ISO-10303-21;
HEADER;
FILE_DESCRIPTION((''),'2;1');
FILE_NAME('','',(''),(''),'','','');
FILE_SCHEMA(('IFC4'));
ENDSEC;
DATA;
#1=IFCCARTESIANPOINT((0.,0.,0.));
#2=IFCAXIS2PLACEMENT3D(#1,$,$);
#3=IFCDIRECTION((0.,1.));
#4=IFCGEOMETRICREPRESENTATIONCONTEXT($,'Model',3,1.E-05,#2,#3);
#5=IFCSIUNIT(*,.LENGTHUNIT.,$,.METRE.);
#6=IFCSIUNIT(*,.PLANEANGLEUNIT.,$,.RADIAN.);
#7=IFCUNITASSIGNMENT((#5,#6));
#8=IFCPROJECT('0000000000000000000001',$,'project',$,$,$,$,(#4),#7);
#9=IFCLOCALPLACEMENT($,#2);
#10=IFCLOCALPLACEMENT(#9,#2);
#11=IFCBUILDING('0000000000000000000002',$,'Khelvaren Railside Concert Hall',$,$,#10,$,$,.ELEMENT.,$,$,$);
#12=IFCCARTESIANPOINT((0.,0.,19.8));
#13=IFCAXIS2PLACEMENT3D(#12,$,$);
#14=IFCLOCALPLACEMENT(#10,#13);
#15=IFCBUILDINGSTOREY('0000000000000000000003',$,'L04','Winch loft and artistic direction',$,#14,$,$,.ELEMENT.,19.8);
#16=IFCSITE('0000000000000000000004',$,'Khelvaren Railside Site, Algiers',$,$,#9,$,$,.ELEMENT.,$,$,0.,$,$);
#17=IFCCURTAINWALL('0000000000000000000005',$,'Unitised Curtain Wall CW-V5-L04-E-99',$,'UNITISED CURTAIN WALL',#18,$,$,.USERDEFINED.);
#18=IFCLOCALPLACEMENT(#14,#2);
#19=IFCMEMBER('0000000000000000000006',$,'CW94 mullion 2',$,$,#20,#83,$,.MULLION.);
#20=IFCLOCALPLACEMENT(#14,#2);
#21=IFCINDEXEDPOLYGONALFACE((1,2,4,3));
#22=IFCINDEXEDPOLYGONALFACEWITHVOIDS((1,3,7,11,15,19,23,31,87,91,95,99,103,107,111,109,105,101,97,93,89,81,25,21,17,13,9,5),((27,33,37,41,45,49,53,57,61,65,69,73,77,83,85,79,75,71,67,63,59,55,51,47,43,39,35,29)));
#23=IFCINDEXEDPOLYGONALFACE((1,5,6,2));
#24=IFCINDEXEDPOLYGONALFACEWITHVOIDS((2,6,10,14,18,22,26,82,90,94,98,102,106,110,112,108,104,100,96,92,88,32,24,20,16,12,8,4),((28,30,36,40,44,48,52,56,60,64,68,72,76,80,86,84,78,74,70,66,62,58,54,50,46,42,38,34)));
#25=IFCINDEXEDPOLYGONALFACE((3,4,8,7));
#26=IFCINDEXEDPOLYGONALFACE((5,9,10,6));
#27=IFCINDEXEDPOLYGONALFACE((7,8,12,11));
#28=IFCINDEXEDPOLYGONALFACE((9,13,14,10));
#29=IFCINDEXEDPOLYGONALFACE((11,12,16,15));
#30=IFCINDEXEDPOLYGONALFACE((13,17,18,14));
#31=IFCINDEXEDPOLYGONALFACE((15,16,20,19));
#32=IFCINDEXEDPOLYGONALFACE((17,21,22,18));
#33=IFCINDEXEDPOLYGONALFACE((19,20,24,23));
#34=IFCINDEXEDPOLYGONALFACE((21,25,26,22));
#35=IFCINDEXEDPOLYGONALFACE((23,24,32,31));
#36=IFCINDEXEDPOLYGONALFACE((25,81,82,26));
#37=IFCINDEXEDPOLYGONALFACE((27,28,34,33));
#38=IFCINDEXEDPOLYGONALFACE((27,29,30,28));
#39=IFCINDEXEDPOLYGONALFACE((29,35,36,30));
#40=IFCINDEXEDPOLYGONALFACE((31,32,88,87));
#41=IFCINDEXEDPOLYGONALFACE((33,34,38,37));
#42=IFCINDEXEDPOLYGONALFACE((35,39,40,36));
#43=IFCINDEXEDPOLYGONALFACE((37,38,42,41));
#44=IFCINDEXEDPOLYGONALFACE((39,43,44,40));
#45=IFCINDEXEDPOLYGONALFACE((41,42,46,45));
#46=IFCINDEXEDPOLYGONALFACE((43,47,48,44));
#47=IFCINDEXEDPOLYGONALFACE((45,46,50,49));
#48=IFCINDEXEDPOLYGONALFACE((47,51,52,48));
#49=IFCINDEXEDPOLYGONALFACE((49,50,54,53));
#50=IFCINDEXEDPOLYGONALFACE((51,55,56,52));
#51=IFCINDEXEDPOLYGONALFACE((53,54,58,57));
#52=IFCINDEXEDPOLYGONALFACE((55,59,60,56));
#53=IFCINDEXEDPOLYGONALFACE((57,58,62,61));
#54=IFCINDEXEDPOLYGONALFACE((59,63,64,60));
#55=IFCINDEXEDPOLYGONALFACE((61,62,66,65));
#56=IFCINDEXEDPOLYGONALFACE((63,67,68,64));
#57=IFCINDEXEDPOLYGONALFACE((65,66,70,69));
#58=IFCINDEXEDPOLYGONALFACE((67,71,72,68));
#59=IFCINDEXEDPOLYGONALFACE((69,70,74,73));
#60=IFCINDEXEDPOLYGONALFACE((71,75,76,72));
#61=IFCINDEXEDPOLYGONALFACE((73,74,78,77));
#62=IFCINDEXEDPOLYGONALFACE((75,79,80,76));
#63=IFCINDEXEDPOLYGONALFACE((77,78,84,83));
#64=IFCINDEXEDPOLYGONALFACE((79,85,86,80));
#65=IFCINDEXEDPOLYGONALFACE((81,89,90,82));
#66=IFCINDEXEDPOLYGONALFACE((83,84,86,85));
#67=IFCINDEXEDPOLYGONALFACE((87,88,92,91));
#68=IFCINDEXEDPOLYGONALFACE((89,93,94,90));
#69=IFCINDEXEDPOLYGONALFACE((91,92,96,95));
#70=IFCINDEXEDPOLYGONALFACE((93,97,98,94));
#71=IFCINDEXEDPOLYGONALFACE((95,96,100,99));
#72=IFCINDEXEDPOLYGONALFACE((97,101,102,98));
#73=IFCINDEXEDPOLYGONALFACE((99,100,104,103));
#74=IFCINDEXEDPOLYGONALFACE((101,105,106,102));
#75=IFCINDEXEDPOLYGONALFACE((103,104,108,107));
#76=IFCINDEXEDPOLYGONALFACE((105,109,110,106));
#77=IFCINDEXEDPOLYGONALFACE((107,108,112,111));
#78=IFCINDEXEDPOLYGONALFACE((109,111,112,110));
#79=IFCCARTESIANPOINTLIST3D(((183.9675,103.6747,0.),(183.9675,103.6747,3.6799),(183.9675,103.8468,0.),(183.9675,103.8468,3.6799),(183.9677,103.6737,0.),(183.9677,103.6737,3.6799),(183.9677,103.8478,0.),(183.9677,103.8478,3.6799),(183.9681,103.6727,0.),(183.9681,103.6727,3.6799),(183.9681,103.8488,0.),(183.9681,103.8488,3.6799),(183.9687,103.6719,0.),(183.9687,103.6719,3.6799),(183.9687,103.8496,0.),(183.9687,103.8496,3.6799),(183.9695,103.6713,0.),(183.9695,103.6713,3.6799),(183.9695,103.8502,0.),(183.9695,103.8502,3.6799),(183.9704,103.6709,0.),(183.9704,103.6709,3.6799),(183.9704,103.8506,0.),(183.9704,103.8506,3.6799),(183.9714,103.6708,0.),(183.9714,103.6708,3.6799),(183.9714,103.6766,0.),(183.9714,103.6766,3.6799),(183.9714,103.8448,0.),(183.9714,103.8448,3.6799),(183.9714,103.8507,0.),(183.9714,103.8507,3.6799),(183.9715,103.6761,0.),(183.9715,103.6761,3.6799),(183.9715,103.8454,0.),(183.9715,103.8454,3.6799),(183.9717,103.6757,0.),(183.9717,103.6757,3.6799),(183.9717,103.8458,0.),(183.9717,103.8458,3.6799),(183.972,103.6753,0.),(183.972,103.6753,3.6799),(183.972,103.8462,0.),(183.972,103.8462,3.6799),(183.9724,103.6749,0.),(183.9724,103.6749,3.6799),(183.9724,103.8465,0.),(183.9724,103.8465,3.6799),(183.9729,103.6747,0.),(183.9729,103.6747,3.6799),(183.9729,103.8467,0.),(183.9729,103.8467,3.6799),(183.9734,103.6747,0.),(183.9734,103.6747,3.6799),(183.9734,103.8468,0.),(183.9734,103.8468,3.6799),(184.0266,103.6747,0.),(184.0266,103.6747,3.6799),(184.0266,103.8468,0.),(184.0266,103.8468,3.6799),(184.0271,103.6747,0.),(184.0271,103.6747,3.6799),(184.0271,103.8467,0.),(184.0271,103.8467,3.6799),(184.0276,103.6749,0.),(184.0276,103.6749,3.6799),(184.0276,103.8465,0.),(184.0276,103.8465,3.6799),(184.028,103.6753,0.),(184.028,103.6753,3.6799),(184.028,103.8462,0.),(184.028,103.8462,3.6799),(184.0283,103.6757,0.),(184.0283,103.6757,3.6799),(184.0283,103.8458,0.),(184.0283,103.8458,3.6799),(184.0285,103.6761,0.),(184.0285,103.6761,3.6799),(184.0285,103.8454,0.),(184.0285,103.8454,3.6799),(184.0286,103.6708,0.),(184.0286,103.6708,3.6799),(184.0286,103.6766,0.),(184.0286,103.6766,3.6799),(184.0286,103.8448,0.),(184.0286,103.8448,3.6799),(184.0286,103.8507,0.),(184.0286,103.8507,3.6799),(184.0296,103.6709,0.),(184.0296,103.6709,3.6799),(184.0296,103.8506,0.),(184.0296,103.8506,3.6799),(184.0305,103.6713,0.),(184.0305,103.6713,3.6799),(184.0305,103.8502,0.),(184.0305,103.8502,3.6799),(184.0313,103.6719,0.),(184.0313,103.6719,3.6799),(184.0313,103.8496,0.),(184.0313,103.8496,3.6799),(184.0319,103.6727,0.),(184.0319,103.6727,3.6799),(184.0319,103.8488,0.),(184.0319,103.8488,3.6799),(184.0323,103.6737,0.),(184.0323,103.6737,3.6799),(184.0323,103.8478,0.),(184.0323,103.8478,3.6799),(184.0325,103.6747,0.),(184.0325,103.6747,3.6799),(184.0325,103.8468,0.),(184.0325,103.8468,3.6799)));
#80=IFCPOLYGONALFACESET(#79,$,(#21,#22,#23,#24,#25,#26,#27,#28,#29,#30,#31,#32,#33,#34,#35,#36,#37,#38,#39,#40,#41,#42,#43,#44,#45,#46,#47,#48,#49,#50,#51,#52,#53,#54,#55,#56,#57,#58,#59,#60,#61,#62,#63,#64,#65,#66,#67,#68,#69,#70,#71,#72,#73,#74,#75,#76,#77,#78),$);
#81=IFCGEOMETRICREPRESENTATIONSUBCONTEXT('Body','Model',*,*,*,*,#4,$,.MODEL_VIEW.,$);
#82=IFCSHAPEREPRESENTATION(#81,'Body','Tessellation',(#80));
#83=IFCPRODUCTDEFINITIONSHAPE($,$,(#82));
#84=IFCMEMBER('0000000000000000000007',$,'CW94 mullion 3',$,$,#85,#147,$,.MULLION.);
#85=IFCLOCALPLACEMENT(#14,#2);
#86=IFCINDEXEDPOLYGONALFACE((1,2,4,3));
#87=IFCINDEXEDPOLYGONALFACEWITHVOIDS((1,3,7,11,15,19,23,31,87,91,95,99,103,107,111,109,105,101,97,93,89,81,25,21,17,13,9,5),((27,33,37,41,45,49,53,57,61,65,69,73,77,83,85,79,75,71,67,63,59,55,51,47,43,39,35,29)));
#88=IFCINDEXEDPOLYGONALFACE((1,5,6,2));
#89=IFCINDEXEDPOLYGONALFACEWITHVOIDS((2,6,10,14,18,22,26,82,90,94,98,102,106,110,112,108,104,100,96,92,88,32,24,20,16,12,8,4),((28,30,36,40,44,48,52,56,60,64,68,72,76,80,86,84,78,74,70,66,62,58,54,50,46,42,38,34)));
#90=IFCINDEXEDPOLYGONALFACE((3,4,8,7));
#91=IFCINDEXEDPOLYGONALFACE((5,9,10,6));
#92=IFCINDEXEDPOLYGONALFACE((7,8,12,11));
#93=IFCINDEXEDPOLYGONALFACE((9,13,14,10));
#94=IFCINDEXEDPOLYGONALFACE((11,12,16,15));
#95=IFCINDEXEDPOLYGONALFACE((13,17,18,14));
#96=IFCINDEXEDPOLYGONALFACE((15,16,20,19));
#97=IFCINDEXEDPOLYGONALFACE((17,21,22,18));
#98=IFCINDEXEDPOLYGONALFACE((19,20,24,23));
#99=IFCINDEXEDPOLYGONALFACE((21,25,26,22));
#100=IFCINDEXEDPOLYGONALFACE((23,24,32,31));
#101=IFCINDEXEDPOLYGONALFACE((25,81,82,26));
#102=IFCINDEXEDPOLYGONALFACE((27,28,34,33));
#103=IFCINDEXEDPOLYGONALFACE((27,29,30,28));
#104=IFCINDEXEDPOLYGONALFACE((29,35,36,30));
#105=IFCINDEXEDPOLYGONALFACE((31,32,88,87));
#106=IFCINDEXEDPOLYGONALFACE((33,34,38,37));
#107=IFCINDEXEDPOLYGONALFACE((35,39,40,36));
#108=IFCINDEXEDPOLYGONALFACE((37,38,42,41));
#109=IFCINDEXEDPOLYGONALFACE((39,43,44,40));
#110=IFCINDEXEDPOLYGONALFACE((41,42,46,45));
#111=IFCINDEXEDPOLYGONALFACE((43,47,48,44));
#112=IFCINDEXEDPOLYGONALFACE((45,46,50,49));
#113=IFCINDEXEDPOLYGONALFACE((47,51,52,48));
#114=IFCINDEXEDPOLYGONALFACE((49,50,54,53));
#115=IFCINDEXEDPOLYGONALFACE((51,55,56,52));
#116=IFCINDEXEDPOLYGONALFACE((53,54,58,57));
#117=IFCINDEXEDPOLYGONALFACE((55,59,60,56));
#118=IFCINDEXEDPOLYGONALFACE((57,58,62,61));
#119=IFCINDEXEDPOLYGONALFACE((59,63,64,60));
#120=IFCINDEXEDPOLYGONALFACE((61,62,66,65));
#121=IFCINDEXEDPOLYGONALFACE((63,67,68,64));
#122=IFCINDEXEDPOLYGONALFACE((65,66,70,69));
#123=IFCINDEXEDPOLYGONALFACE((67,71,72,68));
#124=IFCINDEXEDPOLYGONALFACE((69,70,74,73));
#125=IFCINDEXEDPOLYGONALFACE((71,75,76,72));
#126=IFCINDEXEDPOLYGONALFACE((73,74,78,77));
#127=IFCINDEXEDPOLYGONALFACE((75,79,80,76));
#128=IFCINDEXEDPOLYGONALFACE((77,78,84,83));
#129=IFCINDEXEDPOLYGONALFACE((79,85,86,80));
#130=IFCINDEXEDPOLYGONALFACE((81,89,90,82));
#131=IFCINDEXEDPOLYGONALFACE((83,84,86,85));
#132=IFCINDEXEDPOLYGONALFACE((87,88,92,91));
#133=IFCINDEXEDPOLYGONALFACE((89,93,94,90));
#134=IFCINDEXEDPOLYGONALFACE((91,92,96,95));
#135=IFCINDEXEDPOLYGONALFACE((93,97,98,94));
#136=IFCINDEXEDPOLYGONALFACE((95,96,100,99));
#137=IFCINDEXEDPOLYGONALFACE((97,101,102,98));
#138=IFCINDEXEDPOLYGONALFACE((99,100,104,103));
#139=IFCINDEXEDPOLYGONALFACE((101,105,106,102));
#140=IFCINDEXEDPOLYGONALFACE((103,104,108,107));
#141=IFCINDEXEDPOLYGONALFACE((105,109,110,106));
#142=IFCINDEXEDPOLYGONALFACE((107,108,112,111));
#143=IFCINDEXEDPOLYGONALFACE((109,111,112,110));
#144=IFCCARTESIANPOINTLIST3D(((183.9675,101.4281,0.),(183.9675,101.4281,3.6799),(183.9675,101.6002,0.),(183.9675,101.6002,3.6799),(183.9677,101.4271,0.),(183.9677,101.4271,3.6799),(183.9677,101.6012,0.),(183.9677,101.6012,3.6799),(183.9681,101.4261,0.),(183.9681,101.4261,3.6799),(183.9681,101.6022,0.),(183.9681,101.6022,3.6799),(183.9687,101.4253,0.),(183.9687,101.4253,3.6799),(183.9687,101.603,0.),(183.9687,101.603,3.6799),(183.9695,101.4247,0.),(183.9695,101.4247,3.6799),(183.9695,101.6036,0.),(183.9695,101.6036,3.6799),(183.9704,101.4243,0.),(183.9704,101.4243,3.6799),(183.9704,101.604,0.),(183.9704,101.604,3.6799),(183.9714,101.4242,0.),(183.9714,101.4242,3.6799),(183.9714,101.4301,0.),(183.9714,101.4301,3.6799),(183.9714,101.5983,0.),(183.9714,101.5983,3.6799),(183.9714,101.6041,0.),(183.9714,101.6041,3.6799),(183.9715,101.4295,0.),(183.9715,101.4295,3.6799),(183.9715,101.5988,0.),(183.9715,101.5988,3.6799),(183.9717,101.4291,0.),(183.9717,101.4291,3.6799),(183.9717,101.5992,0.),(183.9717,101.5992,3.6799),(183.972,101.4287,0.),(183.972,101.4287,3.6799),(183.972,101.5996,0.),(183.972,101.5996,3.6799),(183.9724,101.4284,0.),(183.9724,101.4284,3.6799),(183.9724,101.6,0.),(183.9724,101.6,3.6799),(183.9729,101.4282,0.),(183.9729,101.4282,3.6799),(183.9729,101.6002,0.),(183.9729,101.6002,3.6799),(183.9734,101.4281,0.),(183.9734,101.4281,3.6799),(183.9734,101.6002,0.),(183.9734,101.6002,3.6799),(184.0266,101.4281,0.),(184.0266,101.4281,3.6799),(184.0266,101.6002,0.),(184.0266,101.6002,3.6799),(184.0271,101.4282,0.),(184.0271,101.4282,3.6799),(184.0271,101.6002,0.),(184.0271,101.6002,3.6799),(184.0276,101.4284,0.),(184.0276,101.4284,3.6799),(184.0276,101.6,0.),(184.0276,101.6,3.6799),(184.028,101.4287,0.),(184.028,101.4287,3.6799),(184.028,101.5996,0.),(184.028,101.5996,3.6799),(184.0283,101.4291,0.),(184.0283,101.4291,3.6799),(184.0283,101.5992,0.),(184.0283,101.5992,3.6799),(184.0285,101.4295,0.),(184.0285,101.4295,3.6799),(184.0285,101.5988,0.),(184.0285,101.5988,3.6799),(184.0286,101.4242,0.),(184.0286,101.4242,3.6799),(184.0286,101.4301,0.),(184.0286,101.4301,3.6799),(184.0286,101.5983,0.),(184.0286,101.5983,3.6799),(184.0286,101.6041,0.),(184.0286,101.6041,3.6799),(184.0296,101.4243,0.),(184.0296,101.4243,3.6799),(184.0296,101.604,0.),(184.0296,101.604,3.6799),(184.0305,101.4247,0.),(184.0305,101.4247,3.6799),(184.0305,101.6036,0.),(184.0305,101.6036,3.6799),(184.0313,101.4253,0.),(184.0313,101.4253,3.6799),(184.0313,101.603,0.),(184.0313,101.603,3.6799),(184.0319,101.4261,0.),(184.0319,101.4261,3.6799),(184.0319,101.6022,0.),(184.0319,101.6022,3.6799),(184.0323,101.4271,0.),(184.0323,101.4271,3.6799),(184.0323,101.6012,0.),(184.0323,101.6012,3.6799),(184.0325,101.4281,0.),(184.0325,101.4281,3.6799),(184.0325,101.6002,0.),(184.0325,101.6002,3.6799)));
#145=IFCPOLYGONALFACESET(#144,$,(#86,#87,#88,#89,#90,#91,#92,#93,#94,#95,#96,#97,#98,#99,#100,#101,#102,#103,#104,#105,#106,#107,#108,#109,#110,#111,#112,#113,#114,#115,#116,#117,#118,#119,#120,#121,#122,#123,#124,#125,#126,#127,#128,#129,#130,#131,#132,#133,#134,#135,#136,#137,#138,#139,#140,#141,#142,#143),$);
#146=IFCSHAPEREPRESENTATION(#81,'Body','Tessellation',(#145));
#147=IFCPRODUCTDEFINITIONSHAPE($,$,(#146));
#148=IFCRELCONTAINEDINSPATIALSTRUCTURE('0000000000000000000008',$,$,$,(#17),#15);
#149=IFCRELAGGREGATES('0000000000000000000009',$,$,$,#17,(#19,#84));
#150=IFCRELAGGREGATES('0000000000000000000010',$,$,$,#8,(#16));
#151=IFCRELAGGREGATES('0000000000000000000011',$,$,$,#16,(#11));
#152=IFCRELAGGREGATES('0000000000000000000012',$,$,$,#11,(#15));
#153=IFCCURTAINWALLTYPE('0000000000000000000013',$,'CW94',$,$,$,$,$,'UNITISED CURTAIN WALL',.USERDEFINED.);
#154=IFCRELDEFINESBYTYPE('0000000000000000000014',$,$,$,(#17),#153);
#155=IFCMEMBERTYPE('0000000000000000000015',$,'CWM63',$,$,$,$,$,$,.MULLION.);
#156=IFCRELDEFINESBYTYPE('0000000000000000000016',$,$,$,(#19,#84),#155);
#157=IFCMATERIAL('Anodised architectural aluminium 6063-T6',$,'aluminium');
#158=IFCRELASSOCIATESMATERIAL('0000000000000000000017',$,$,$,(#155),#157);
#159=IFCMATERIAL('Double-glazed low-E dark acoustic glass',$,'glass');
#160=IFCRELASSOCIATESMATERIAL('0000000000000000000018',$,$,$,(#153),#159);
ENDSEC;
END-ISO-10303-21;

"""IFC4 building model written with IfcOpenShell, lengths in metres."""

from ifc_helpers import new_model, si_unit, direction, frame, origin, origin_2d, place, context, subcontext, project, spatial, hollow_rectangle, extrude, material, material_profile, profile_set, type_object, element, aggregate, save


model = new_model("IFC4")

# Units and contexts
model_context = context("Model", 3, precision=1e-05, world=origin(), true_north=direction((0.0, 1.0)))
body_context = subcontext(model_context, "Body", "Model", "MODEL_VIEW")
ifc_project = project(units=[si_unit("LENGTHUNIT", "METRE"), si_unit("PLANEANGLEUNIT", "RADIAN")], contexts=[model_context])

# Site, building, storey
site_placement = place(None, origin())
site = spatial("IfcSite", under=ifc_project, at=site_placement, Name="Khelvaren Railside Site, Algiers", CompositionType="ELEMENT", RefElevation=0.0)
building_placement = place(site_placement, origin())
building = spatial("IfcBuilding", under=site, at=building_placement, Name="Khelvaren Railside Concert Hall", CompositionType="ELEMENT")
storey_placement = place(building_placement, frame((0.0, 0.0, 19.8)))
storey = spatial("IfcBuildingStorey", under=building, at=storey_placement, Name="L04", Description="Winch loft and artistic direction", CompositionType="ELEMENT", Elevation=19.8)

# Curtain wall, members
ifc_material_1 = material(Name="Double-glazed low-E dark acoustic glass", Category="glass")
ifc_material_2 = material(Name="Anodised architectural aluminium 6063-T6", Category="aluminium")
ifc_material_profile_1 = material_profile(ifc_material_2, hollow_rectangle(XDim=0.0649, YDim=0.1799, WallThickness=0.0039, InnerFilletRadius=0.002, OuterFilletRadius=0.0039, at=origin_2d()), Name="CWM 65x180x4")
ifc_profile_set_1 = profile_set([ifc_material_profile_1], Name="Anodised architectural aluminium 6063-T6")
member_type_1 = type_object("IfcMemberType", Name="CWM63", PredefinedType="MULLION", material=ifc_profile_set_1)
curtain_wall_type_1 = type_object("IfcCurtainWallType", Name="CW94", ElementType="UNITISED CURTAIN WALL", PredefinedType="USERDEFINED", material=ifc_material_1)
curtain_wall_1_placement = place(storey_placement, origin())
curtain_wall_1 = element("IfcCurtainWall", 1, at=curtain_wall_1_placement, inside=storey, type_object=curtain_wall_type_1, Name="Unitised Curtain Wall CW-V5-L04-E-99", ObjectType="UNITISED CURTAIN WALL", PredefinedType="USERDEFINED")
member_1_placement = place(storey_placement, frame((184.0, 103.7607, 0.0), z_axis=(0.0, 0.0, 1.0), x_axis=(1.0, 0.0, 0.0)))
member_1 = element("IfcMember", 2, at=member_1_placement, type_object=member_type_1, Name="CW94 mullion 2", PredefinedType="MULLION", context=body_context, shape_type="SweptSolid", body=[
    extrude(hollow_rectangle(XDim=0.0649, YDim=0.1799, WallThickness=0.0039, InnerFilletRadius=0.002, OuterFilletRadius=0.0039, at=origin_2d()), origin(), (0.0, 0.0, 1.0), 3.6799),
])
member_2_placement = place(storey_placement, frame((184.0, 101.5142, 0.0), z_axis=(0.0, 0.0, 1.0), x_axis=(1.0, 0.0, 0.0)))
member_2 = element("IfcMember", 3, at=member_2_placement, type_object=member_type_1, Name="CW94 mullion 3", PredefinedType="MULLION", context=body_context, shape_type="SweptSolid", body=[
    extrude(hollow_rectangle(XDim=0.0649, YDim=0.1799, WallThickness=0.0039, InnerFilletRadius=0.002, OuterFilletRadius=0.0039, at=origin_2d()), origin(), (0.0, 0.0, 1.0), 3.6799),
])

aggregate(curtain_wall_1, [member_1, member_2])

save(model, "model.ifc")
